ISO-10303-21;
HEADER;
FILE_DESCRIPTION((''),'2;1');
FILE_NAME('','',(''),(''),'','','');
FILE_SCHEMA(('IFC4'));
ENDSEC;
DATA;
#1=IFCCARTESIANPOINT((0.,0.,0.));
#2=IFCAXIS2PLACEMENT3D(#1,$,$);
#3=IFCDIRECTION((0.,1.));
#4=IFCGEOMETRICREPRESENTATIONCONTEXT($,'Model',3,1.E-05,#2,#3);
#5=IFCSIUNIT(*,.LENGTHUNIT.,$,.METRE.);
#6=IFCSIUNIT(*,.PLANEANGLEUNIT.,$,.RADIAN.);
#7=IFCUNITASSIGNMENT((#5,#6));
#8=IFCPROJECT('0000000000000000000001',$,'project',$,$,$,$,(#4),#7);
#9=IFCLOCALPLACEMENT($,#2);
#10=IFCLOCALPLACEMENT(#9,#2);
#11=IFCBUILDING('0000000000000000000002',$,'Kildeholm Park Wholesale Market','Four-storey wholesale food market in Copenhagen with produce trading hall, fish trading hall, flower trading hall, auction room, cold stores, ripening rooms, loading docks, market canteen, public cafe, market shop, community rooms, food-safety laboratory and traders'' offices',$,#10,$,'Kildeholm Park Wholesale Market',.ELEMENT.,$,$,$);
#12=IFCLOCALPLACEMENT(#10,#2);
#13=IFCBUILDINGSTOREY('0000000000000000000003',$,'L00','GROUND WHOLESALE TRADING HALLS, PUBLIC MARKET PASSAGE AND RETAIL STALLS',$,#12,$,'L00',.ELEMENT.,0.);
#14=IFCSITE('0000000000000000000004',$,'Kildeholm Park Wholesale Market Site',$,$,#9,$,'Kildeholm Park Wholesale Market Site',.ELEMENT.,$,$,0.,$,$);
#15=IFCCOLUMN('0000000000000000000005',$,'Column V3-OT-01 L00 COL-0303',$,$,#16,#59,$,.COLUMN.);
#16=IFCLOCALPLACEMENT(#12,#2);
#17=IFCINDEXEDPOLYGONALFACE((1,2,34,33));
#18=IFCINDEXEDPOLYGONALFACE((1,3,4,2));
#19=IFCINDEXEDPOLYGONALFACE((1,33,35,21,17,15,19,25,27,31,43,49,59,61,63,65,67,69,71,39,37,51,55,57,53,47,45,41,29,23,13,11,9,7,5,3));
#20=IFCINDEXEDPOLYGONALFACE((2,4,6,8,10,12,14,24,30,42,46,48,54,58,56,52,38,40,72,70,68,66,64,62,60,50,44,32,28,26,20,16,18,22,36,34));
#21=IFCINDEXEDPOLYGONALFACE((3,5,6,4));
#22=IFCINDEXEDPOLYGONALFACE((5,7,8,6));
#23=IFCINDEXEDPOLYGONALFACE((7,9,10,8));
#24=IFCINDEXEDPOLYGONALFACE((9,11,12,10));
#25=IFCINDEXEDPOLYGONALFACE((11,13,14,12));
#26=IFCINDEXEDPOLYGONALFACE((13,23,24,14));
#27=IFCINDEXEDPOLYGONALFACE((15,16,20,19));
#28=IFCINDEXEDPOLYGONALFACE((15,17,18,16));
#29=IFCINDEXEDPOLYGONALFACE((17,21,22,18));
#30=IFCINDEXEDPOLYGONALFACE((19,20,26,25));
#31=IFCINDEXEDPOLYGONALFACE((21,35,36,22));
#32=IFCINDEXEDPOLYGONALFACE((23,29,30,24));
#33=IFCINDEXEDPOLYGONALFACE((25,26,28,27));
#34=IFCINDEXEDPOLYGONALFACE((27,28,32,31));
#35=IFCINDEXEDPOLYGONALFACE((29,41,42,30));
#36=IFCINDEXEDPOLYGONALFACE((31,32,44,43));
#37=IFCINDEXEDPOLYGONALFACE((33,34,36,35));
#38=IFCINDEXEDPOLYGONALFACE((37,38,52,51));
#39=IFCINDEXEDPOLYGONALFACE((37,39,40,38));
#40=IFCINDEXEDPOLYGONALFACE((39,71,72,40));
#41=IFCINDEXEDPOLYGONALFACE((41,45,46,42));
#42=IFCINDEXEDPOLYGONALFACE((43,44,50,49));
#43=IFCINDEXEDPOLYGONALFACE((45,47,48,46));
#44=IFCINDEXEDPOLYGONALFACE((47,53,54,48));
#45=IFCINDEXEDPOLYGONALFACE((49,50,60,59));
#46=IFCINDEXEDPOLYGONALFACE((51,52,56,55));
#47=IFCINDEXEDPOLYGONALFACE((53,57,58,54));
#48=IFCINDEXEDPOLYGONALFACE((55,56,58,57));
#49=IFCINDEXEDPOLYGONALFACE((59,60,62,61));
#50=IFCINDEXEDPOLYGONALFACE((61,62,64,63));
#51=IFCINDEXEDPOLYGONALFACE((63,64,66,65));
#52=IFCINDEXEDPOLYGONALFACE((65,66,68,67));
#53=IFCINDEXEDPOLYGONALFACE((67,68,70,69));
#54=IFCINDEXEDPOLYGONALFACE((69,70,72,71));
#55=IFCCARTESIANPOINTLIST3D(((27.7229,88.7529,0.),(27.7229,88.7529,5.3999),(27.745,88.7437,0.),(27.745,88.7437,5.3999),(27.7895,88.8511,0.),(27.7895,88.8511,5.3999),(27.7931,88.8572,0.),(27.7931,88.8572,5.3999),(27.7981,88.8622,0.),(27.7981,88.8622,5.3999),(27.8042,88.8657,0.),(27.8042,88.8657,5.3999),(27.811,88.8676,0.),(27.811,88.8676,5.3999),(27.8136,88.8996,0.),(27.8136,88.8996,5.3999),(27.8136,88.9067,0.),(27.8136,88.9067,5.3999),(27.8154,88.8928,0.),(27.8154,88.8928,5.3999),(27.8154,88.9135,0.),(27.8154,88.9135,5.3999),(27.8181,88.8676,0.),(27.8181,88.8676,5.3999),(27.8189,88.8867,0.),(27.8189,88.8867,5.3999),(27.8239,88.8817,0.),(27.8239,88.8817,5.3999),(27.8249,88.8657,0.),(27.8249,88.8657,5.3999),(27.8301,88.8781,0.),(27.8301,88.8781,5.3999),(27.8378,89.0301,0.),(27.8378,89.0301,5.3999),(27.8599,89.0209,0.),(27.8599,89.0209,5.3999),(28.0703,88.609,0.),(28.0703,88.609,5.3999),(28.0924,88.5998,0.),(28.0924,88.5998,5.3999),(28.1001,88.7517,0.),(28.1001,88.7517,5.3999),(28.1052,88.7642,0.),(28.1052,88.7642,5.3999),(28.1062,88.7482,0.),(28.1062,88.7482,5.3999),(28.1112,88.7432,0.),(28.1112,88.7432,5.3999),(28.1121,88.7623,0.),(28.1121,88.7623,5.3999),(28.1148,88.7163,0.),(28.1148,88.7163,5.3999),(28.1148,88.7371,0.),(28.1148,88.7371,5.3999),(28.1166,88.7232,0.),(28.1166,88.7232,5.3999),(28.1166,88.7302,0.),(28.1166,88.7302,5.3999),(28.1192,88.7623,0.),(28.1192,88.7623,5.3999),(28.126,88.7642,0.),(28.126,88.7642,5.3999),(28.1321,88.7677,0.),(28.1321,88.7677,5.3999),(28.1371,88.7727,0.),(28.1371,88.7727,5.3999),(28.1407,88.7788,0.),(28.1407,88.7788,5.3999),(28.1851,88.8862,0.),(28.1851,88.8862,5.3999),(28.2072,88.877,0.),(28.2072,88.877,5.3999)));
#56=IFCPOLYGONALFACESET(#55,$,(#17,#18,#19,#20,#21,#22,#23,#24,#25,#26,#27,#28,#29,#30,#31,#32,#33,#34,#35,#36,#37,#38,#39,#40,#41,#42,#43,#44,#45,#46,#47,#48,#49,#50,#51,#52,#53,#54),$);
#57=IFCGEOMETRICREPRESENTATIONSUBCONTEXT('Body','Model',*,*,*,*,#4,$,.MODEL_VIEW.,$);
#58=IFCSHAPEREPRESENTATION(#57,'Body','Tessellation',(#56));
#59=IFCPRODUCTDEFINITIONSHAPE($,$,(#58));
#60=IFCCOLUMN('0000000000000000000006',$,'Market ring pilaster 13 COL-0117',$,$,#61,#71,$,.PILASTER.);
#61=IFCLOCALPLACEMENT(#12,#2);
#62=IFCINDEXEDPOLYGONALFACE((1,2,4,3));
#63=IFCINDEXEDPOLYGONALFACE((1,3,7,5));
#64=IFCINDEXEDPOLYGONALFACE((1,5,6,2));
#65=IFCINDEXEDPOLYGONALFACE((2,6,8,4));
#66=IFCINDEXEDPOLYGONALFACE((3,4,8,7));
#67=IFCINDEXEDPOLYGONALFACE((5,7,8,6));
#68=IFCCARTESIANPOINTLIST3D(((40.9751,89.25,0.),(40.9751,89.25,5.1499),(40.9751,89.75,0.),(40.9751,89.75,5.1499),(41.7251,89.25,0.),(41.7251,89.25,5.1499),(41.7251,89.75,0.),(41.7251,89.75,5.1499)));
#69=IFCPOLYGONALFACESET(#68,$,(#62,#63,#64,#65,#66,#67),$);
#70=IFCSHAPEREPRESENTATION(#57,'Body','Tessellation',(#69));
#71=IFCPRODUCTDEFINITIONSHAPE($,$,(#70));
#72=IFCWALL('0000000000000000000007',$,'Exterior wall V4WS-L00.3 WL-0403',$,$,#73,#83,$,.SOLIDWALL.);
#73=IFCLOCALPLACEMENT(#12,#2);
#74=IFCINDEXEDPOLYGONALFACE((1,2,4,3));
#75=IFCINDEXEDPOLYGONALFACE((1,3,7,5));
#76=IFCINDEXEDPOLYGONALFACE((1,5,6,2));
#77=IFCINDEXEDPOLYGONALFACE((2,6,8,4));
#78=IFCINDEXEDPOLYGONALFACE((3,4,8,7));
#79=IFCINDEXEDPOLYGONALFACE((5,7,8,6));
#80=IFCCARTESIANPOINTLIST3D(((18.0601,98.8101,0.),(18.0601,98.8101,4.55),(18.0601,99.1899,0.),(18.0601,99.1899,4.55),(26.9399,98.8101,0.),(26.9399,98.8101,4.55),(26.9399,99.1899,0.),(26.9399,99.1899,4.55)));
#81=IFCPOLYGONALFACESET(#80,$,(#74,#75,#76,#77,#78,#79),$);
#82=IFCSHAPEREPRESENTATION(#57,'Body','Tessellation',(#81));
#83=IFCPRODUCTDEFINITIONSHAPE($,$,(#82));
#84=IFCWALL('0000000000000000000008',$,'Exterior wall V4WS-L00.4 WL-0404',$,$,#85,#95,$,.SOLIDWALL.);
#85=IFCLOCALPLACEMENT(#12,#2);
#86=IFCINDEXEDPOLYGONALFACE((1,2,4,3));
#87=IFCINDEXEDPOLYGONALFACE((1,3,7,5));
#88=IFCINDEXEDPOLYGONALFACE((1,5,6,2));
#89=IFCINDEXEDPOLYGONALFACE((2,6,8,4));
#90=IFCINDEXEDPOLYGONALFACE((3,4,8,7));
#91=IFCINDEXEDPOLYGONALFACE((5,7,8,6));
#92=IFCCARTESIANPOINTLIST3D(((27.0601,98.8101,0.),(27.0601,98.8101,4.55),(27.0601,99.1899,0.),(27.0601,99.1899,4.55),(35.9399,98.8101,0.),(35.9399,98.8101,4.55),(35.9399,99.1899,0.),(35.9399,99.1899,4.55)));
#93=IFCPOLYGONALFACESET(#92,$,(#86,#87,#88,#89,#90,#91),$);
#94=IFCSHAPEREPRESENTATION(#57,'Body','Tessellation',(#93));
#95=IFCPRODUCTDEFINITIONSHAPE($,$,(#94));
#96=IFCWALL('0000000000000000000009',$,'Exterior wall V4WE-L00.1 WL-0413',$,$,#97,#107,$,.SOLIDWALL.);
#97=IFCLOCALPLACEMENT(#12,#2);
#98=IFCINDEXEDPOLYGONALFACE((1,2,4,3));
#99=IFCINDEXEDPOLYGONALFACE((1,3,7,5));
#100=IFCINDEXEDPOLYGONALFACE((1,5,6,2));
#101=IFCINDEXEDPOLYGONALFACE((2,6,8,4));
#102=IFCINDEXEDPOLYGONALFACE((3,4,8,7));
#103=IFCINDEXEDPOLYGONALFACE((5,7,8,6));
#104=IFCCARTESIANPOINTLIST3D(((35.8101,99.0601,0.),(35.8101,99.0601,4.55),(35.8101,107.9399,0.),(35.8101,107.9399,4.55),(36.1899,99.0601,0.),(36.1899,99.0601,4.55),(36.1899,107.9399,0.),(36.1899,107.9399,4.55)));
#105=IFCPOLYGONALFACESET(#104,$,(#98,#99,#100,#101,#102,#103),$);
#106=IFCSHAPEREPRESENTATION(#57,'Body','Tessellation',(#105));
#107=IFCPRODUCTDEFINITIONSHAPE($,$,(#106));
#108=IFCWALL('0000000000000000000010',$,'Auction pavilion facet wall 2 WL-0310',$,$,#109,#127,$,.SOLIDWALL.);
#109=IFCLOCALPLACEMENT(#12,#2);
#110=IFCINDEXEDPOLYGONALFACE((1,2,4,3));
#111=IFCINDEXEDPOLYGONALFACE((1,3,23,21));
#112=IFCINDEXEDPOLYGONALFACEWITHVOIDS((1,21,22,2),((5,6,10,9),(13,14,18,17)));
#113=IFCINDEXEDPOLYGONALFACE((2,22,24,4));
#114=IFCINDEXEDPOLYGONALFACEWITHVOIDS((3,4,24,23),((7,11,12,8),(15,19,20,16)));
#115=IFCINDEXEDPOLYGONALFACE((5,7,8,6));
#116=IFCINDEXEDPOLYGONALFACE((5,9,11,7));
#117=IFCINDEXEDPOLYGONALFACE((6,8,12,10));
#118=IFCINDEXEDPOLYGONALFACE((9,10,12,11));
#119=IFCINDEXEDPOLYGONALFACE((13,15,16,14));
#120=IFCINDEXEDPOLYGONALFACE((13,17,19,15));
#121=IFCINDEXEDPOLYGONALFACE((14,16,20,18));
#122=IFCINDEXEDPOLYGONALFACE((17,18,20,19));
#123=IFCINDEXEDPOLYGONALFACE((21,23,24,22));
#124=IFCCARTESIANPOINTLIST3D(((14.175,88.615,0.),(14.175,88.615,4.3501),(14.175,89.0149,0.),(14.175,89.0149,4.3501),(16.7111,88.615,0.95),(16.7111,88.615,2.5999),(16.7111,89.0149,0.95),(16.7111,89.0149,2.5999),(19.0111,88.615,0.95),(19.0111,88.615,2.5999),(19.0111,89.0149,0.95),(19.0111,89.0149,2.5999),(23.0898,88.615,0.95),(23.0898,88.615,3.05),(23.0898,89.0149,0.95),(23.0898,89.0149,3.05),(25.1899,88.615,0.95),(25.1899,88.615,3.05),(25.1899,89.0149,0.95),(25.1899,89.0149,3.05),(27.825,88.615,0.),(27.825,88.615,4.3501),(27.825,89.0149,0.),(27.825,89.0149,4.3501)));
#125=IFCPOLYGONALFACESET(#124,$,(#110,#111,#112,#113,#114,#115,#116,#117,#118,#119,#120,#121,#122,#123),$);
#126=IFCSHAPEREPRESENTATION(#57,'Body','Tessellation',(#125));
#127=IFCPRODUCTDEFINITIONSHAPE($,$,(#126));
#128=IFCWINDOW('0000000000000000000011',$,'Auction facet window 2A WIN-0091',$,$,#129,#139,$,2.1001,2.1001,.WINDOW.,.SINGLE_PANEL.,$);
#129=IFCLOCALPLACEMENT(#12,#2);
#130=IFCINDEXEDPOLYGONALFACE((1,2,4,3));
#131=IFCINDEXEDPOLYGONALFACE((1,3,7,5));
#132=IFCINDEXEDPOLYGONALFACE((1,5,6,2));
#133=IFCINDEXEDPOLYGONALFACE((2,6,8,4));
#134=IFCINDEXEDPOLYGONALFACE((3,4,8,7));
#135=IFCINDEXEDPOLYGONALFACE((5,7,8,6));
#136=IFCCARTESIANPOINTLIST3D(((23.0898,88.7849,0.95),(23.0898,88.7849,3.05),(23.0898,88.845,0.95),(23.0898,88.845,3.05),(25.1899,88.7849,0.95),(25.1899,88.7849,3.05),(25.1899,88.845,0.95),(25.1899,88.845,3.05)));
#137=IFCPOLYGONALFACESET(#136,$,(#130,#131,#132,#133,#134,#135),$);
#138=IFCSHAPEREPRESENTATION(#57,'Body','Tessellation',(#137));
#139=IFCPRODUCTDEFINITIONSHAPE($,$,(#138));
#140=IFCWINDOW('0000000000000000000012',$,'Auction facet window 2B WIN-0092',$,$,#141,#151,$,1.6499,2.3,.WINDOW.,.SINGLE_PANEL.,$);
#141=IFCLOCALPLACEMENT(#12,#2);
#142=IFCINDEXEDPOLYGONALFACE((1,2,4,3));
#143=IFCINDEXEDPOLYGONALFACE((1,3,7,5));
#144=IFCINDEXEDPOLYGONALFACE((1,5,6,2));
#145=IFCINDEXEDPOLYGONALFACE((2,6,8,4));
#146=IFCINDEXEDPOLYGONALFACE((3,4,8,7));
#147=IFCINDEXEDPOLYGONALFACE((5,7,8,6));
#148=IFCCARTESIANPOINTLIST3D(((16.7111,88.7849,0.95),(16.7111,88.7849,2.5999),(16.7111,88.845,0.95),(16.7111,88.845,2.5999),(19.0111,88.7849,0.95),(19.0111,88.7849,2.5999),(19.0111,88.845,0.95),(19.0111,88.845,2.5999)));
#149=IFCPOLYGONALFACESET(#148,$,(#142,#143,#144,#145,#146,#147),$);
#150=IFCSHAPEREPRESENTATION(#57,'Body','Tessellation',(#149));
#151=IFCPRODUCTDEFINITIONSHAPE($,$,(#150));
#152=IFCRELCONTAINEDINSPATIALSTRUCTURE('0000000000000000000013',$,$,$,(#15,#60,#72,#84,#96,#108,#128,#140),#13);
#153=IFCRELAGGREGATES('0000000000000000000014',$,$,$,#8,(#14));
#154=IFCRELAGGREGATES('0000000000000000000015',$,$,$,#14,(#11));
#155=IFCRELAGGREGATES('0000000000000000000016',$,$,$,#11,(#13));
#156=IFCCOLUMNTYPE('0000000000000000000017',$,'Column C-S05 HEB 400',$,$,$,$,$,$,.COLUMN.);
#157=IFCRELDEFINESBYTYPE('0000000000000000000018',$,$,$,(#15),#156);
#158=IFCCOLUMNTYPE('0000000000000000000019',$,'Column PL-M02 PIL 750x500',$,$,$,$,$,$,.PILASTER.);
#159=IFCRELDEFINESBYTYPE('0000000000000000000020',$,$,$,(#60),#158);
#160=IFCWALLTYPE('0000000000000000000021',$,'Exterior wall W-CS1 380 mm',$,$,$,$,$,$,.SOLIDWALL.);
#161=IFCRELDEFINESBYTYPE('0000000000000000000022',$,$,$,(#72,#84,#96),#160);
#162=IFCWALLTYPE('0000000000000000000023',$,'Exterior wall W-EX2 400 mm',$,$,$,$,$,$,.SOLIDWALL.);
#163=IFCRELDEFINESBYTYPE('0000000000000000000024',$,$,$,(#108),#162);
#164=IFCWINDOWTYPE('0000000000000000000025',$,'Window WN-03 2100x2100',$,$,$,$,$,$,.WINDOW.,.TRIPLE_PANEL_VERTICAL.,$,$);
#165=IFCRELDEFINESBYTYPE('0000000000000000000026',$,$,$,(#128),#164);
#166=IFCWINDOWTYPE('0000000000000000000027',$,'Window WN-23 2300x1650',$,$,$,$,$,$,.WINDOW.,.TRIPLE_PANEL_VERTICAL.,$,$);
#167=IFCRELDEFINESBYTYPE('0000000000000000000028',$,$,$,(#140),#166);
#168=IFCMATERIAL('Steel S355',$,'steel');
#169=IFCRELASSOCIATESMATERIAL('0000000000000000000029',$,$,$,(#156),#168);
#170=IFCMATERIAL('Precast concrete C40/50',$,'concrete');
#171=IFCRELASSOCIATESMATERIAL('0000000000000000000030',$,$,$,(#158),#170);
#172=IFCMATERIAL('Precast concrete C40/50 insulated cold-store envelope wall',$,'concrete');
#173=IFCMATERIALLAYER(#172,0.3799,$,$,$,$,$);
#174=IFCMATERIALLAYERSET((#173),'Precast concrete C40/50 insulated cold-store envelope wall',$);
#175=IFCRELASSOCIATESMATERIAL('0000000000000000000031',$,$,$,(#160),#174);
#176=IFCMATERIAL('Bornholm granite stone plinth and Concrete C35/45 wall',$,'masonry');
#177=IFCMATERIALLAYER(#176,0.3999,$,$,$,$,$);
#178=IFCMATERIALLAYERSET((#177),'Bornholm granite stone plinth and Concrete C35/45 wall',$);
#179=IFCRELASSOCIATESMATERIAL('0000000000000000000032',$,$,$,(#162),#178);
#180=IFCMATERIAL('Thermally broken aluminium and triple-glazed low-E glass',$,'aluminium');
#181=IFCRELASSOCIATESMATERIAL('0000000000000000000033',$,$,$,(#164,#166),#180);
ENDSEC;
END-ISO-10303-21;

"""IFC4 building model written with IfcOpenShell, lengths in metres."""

from ifc_helpers import new_model, si_unit, direction, frame, frame_2d, origin, origin_2d, place, context, subcontext, project, spatial, rectangle, i_section, extrude, material, layer, layer_set, material_profile, profile_set, type_object, element, fill, save


model = new_model("IFC4")

# Units and contexts
model_context = context("Model", 3, precision=1e-05, world=origin(), true_north=direction((0.0, 1.0)))
body_context = subcontext(model_context, "Body", "Model", "MODEL_VIEW")
ifc_project = project(units=[si_unit("LENGTHUNIT", "METRE"), si_unit("PLANEANGLEUNIT", "RADIAN")], contexts=[model_context])

# Site, building, storey
site_placement = place(None, origin())
site = spatial("IfcSite", under=ifc_project, at=site_placement, Name="Kildeholm Park Wholesale Market Site", LongName="Kildeholm Park Wholesale Market Site", CompositionType="ELEMENT", RefElevation=0.0)
building_placement = place(site_placement, origin())
building = spatial("IfcBuilding", under=site, at=building_placement, Name="Kildeholm Park Wholesale Market", Description="Four-storey wholesale food market in Copenhagen with produce trading hall, fish trading hall, flower trading hall, auction room, cold stores, ripening rooms, loading docks, market canteen, public cafe, market shop, community rooms, food-safety laboratory and traders' offices", LongName="Kildeholm Park Wholesale Market", CompositionType="ELEMENT")
storey_placement = place(building_placement, origin())
storey = spatial("IfcBuildingStorey", under=building, at=storey_placement, Name="L00", Description="GROUND WHOLESALE TRADING HALLS, PUBLIC MARKET PASSAGE AND RETAIL STALLS", LongName="L00", CompositionType="ELEMENT", Elevation=0.0)

# Columns
ifc_material_1 = material(Name="Steel S355", Category="steel")
ifc_material_profile_1 = material_profile(ifc_material_1, i_section(OverallWidth=0.3, OverallDepth=0.3999, WebThickness=0.0134, FlangeThickness=0.0239, FilletRadius=0.0271, at=origin_2d()), Name="HEB 400")
ifc_profile_set_1 = profile_set([ifc_material_profile_1], Name="Steel S355")
column_type_1 = type_object("IfcColumnType", Name="Column C-S05 HEB 400", PredefinedType="COLUMN", material=ifc_profile_set_1)
column_1_placement = place(storey_placement, frame((27.9651, 88.8149, 0.0), z_axis=(0.0, 0.0, 1.0), x_axis=(0.382683, 0.92388, 0.0)))
element("IfcColumn", 1, at=column_1_placement, inside=storey, type_object=column_type_1, Name="Column V3-OT-01 L00 COL-0303", PredefinedType="COLUMN", context=body_context, shape_type="SweptSolid", body=[
    extrude(i_section(OverallWidth=0.3, OverallDepth=0.3999, WebThickness=0.0134, FlangeThickness=0.0239, FilletRadius=0.0271, at=origin_2d()), origin(), (0.0, 0.0, 1.0), 5.3999),
])
ifc_material_2 = material(Name="Precast concrete C40/50", Category="concrete")
ifc_material_profile_2 = material_profile(ifc_material_2, rectangle(XDim=0.75, YDim=0.5, at=origin_2d()), Name="PIL 750x500")
ifc_profile_set_2 = profile_set([ifc_material_profile_2], Name="Precast concrete C40/50")
column_type_2 = type_object("IfcColumnType", Name="Column PL-M02 PIL 750x500", PredefinedType="PILASTER", material=ifc_profile_set_2)
column_2_placement = place(storey_placement, frame((41.3501, 89.5, 0.0), z_axis=(0.0, 0.0, 1.0), x_axis=(-1.0, 0.0, 0.0)))
element("IfcColumn", 2, at=column_2_placement, inside=storey, type_object=column_type_2, Name="Market ring pilaster 13 COL-0117", PredefinedType="PILASTER", context=body_context, shape_type="SweptSolid", body=[
    extrude(rectangle(XDim=0.75, YDim=0.5, at=origin_2d()), origin(), (0.0, 0.0, 1.0), 5.1499),
])

# Walls
ifc_material_3 = material(Name="Precast concrete C40/50 insulated cold-store envelope wall", Category="concrete")
ifc_layer_1 = layer(ifc_material_3, 0.3799)
ifc_layer_set_1 = layer_set([ifc_layer_1], Name="Precast concrete C40/50 insulated cold-store envelope wall")
wall_type_1 = type_object("IfcWallType", Name="Exterior wall W-CS1 380 mm", PredefinedType="SOLIDWALL", material=ifc_layer_set_1)
for number, where, z_axis, x_axis, name in (
    (3, (18.0601, 99.0, 0.0), (0.0, 0.0, 1.0), (1.0, 0.0, 0.0), "Exterior wall V4WS-L00.3 WL-0403"),
    (4, (27.0601, 99.0, 0.0), (0.0, 0.0, 1.0), (1.0, 0.0, 0.0), "Exterior wall V4WS-L00.4 WL-0404"),
    (5, (36.0, 99.0601, 0.0), (0.0, 0.0, 1.0), (0.0, 1.0, 0.0), "Exterior wall V4WE-L00.1 WL-0413"),
):
    element("IfcWall", number, at=place(storey_placement, frame(where, z_axis=z_axis, x_axis=x_axis)), inside=storey, type_object=wall_type_1, Name=name, PredefinedType="SOLIDWALL", context=body_context, shape_type="SweptSolid", body=[
        extrude(rectangle(XDim=8.8799, YDim=0.3799, at=frame_2d((4.4399, 0.0))), origin(), (0.0, 0.0, 1.0), 4.55),
    ])

# Wall, openings, windows
ifc_material_4 = material(Name="Bornholm granite stone plinth and Concrete C35/45 wall", Category="masonry")
ifc_layer_2 = layer(ifc_material_4, 0.3999)
ifc_layer_set_2 = layer_set([ifc_layer_2], Name="Bornholm granite stone plinth and Concrete C35/45 wall")
wall_type_2 = type_object("IfcWallType", Name="Exterior wall W-EX2 400 mm", PredefinedType="SOLIDWALL", material=ifc_layer_set_2)
wall_placement = place(storey_placement, frame((27.825, 88.8149, 0.0), z_axis=(0.0, 0.0, 1.0), x_axis=(-1.0, 0.0, 0.0)))
wall = element("IfcWall", 6, at=wall_placement, inside=storey, type_object=wall_type_2, Name="Auction pavilion facet wall 2 WL-0310", PredefinedType="SOLIDWALL", context=body_context, shape_type="SweptSolid", body=[
    extrude(rectangle(XDim=13.6499, YDim=0.3999, at=frame_2d((6.825, 0.0))), origin(), (0.0, 0.0, 1.0), 4.3501),
])
opening_1_placement = place(wall_placement, frame((2.635, 0.0, 0.95)))
opening_1 = element("IfcOpeningElement", 7, at=opening_1_placement, cuts=wall, PredefinedType="OPENING", context=body_context, shape_type="SweptSolid", body=[
    extrude(rectangle(XDim=2.1001, YDim=2.1001, at=frame_2d((1.05, 1.05))), frame((0.0, 0.21, 0.0), z_axis=(0.0, -1.0, 0.0), x_axis=(1.0, 0.0, 0.0)), (0.0, 0.0, 1.0), 0.4199),
])
opening_2_placement = place(wall_placement, frame((8.814, 0.0, 0.95)))
opening_2 = element("IfcOpeningElement", 8, at=opening_2_placement, cuts=wall, PredefinedType="OPENING", context=body_context, shape_type="SweptSolid", body=[
    extrude(rectangle(XDim=2.3, YDim=1.6499, at=frame_2d((1.1499, 0.825))), frame((0.0, 0.21, 0.0), z_axis=(0.0, -1.0, 0.0), x_axis=(1.0, 0.0, 0.0)), (0.0, 0.0, 1.0), 0.4199),
])
ifc_material_5 = material(Name="Thermally broken aluminium and triple-glazed low-E glass", Category="aluminium")
window_type_1 = type_object("IfcWindowType", Name="Window WN-03 2100x2100", PartitioningType="TRIPLE_PANEL_VERTICAL", PredefinedType="WINDOW", material=ifc_material_5)
window_1_placement = place(opening_1_placement, origin())
window_1 = element("IfcWindow", 9, at=window_1_placement, inside=storey, type_object=window_type_1, Name="Auction facet window 2A WIN-0091", OverallHeight=2.1001, OverallWidth=2.1001, PartitioningType="SINGLE_PANEL", PredefinedType="WINDOW", context=body_context, shape_type="SweptSolid", body=[
    extrude(rectangle(XDim=2.1001, YDim=2.1001, at=frame_2d((1.05, 1.05))), frame((0.0, 0.03, 0.0), z_axis=(0.0, -1.0, 0.0), x_axis=(1.0, 0.0, 0.0)), (0.0, 0.0, 1.0), 0.0601),
])
fill(opening_1, window_1)
window_type_2 = type_object("IfcWindowType", Name="Window WN-23 2300x1650", PartitioningType="TRIPLE_PANEL_VERTICAL", PredefinedType="WINDOW", material=ifc_material_5)
window_2_placement = place(opening_2_placement, origin())
window_2 = element("IfcWindow", 10, at=window_2_placement, inside=storey, type_object=window_type_2, Name="Auction facet window 2B WIN-0092", OverallHeight=1.6499, OverallWidth=2.3, PartitioningType="SINGLE_PANEL", PredefinedType="WINDOW", context=body_context, shape_type="SweptSolid", body=[
    extrude(rectangle(XDim=2.3, YDim=1.6499, at=frame_2d((1.1499, 0.825))), frame((0.0, 0.03, 0.0), z_axis=(0.0, -1.0, 0.0), x_axis=(1.0, 0.0, 0.0)), (0.0, 0.0, 1.0), 0.0601),
])
fill(opening_2, window_2)

save(model, "model.ifc")
